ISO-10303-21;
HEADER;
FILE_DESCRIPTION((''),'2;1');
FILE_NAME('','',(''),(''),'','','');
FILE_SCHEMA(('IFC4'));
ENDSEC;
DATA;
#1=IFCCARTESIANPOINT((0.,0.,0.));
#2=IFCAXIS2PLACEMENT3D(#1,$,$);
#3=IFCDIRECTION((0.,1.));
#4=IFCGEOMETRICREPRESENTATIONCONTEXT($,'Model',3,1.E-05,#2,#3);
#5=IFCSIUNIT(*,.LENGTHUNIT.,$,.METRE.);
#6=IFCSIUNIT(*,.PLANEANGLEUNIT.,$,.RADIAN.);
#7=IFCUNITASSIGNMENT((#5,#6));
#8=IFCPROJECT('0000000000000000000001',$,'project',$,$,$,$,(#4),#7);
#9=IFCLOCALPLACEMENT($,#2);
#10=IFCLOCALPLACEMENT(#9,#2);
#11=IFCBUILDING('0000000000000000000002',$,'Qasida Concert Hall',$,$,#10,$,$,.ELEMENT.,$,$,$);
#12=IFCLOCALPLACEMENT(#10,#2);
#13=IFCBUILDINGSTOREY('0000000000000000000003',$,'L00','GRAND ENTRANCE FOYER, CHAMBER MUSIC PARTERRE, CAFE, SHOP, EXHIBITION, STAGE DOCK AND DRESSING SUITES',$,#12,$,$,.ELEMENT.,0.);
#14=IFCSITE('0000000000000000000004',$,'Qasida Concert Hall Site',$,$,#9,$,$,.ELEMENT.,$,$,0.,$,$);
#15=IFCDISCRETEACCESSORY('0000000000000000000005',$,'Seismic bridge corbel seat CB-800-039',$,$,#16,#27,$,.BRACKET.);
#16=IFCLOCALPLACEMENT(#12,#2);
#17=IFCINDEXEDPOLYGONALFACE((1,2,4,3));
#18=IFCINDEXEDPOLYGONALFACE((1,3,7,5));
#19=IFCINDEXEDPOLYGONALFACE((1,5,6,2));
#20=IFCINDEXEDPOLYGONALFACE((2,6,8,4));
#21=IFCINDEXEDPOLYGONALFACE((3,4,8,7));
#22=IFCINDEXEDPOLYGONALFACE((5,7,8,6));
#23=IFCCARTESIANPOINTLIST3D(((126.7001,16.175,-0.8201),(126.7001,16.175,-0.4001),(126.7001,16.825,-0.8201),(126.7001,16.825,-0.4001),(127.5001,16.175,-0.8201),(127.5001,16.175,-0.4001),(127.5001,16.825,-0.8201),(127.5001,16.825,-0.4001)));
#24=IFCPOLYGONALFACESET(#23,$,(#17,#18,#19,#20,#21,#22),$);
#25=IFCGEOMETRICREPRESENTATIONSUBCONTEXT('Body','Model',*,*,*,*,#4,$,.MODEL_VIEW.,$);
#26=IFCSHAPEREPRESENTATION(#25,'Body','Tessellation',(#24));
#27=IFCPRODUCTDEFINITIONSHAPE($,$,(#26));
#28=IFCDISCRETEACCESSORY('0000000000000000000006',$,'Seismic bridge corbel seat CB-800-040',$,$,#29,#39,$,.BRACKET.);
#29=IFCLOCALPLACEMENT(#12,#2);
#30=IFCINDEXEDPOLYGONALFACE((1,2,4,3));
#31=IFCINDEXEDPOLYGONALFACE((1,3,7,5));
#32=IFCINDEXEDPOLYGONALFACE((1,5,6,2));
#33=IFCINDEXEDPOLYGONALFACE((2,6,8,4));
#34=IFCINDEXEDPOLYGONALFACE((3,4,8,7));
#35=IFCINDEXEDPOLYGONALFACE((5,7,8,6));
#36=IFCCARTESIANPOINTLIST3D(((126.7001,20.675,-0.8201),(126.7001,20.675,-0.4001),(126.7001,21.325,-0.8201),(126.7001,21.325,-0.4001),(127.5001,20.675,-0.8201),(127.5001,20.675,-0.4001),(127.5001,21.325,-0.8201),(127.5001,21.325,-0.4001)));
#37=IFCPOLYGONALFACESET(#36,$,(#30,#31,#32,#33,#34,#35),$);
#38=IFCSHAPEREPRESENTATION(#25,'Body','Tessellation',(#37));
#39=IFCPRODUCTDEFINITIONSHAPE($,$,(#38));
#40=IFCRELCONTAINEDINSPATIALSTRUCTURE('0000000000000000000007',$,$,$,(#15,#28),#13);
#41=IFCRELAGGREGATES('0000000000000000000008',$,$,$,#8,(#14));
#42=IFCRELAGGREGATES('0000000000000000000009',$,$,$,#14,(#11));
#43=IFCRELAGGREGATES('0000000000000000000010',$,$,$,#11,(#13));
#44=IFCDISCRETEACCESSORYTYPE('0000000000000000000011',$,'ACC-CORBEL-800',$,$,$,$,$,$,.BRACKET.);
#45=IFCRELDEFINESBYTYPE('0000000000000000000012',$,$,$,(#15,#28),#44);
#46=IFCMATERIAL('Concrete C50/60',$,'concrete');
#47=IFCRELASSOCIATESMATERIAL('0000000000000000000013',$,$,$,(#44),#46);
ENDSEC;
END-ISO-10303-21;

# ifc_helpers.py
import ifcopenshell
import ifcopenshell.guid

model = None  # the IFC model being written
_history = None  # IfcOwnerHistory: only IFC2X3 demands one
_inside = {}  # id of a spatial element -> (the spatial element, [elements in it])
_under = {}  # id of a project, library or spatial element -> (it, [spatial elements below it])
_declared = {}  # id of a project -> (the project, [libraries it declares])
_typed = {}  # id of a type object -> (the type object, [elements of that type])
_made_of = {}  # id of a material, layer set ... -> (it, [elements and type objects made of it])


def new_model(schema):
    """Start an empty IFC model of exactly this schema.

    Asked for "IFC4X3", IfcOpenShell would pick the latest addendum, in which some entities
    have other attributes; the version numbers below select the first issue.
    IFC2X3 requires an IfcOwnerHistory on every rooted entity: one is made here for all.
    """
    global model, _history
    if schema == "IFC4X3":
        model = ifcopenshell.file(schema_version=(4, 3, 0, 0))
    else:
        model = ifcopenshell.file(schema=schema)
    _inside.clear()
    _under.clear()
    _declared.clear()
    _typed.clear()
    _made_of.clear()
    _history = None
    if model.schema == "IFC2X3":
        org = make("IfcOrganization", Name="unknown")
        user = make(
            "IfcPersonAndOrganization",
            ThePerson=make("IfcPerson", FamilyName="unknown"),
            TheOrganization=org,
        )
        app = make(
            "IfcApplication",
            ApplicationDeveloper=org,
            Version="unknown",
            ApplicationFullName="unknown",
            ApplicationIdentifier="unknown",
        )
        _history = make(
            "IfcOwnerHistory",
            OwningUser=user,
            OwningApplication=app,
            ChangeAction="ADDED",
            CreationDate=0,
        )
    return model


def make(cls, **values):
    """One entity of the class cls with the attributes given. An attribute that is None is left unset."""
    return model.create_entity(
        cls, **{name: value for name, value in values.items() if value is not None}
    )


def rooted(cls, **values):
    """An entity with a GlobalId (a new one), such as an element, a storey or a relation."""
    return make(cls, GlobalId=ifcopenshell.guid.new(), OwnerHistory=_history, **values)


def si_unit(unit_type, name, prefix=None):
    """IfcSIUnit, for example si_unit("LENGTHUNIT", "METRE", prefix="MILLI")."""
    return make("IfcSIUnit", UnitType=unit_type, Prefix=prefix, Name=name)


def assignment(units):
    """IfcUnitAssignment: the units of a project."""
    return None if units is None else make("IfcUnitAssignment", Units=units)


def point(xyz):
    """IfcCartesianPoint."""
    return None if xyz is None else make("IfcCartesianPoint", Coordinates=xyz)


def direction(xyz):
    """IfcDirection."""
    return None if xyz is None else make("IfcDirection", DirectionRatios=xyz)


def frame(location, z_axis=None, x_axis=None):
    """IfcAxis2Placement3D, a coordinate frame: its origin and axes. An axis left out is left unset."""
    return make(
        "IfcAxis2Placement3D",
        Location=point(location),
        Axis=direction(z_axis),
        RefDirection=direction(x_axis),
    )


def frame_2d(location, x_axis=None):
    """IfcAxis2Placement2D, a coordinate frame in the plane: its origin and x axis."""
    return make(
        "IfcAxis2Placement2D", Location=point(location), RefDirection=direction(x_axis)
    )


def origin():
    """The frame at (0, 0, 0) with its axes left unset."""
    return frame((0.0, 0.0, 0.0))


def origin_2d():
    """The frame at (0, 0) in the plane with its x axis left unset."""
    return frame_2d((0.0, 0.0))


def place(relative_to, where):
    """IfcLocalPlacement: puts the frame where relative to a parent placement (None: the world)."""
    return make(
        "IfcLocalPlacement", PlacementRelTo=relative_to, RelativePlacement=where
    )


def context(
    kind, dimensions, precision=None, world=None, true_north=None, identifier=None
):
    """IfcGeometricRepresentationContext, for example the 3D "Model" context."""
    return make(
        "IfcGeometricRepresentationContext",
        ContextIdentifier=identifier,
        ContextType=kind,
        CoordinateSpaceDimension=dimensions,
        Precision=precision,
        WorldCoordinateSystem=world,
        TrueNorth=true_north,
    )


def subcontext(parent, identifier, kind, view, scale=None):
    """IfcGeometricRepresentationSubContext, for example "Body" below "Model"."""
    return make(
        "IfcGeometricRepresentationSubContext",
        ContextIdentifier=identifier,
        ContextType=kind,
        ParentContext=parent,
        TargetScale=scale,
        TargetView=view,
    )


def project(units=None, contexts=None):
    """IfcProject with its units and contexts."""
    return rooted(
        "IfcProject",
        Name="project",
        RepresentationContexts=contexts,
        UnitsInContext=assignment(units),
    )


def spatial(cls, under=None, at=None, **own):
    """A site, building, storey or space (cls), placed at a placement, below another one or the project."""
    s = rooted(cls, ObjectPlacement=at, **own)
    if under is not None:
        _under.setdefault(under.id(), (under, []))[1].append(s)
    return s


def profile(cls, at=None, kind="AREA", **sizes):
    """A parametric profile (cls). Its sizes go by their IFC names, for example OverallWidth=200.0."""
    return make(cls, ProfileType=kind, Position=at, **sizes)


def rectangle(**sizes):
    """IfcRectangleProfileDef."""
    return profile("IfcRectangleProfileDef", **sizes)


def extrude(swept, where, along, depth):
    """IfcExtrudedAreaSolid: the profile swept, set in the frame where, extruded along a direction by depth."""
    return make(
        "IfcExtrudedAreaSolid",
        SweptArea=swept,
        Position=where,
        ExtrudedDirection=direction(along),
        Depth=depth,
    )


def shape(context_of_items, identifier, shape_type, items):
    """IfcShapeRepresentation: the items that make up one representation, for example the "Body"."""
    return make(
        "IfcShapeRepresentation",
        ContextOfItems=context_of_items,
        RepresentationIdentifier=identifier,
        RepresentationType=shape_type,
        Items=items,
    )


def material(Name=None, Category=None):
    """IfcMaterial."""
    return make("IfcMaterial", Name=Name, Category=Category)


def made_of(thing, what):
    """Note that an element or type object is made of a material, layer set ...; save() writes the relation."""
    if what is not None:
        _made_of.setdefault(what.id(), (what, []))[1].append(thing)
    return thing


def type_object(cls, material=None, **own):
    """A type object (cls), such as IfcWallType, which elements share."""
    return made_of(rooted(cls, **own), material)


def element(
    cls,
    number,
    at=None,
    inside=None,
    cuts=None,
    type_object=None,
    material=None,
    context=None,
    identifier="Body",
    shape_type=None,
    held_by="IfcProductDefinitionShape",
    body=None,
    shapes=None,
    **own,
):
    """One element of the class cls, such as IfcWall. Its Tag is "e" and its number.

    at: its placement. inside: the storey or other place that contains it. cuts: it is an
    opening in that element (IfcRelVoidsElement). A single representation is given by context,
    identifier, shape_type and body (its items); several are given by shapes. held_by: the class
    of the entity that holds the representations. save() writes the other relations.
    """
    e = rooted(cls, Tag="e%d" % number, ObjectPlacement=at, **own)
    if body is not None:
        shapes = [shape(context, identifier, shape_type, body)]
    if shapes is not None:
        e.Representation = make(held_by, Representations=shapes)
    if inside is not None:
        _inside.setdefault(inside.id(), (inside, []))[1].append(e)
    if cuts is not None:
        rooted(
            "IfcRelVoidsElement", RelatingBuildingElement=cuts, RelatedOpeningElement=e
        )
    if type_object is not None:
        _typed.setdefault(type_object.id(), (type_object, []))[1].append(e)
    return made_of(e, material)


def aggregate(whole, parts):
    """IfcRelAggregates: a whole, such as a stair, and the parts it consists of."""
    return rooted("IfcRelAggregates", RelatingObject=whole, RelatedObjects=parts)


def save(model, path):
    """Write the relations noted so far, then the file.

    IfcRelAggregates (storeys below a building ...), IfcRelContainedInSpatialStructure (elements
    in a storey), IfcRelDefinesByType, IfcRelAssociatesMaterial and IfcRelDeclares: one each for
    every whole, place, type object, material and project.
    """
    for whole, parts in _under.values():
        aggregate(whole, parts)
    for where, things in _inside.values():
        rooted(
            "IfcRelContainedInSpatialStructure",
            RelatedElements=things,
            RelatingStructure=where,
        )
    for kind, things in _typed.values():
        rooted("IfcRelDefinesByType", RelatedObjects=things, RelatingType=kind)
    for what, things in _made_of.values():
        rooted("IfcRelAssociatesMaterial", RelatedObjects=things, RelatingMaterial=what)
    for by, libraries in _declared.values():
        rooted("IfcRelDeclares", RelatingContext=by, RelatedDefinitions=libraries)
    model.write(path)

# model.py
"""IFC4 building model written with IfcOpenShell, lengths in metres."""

from ifc_helpers import new_model, si_unit, direction, frame, origin, origin_2d, place, context, subcontext, project, spatial, rectangle, extrude, material, type_object, element, save


model = new_model("IFC4")

# Units and contexts
model_context = context("Model", 3, precision=1e-05, world=origin(), true_north=direction((0.0, 1.0)))
body_context = subcontext(model_context, "Body", "Model", "MODEL_VIEW")
ifc_project = project(units=[si_unit("LENGTHUNIT", "METRE"), si_unit("PLANEANGLEUNIT", "RADIAN")], contexts=[model_context])

# Site, building, storey
site_placement = place(None, origin())
site = spatial("IfcSite", under=ifc_project, at=site_placement, Name="Qasida Concert Hall Site", CompositionType="ELEMENT", RefElevation=0.0)
building_placement = place(site_placement, origin())
building = spatial("IfcBuilding", under=site, at=building_placement, Name="Qasida Concert Hall", CompositionType="ELEMENT")
storey_placement = place(building_placement, origin())
storey = spatial("IfcBuildingStorey", under=building, at=storey_placement, Name="L00", Description="GRAND ENTRANCE FOYER, CHAMBER MUSIC PARTERRE, CAFE, SHOP, EXHIBITION, STAGE DOCK AND DRESSING SUITES", CompositionType="ELEMENT", Elevation=0.0)

# Discrete accessories
ifc_material_1 = material(Name="Concrete C50/60", Category="concrete")
discrete_accessory_type = type_object("IfcDiscreteAccessoryType", Name="ACC-CORBEL-800", PredefinedType="BRACKET", material=ifc_material_1)
for number, where, z_axis, x_axis, name in (
    (1, (127.1001, 16.5, -0.8201), (0.0, 0.0, 1.0), (1.0, 0.0, 0.0), "Seismic bridge corbel seat CB-800-039"),
    (2, (127.1001, 21.0, -0.8201), (0.0, 0.0, 1.0), (1.0, 0.0, 0.0), "Seismic bridge corbel seat CB-800-040"),
):
    element("IfcDiscreteAccessory", number, at=place(storey_placement, frame(where, z_axis=z_axis, x_axis=x_axis)), inside=storey, type_object=discrete_accessory_type, Name=name, PredefinedType="BRACKET", context=body_context, shape_type="SweptSolid", body=[
        extrude(rectangle(XDim=0.8, YDim=0.6499, at=origin_2d()), origin(), (0.0, 0.0, 1.0), 0.4199),
    ])

save(model, "model.ifc")
